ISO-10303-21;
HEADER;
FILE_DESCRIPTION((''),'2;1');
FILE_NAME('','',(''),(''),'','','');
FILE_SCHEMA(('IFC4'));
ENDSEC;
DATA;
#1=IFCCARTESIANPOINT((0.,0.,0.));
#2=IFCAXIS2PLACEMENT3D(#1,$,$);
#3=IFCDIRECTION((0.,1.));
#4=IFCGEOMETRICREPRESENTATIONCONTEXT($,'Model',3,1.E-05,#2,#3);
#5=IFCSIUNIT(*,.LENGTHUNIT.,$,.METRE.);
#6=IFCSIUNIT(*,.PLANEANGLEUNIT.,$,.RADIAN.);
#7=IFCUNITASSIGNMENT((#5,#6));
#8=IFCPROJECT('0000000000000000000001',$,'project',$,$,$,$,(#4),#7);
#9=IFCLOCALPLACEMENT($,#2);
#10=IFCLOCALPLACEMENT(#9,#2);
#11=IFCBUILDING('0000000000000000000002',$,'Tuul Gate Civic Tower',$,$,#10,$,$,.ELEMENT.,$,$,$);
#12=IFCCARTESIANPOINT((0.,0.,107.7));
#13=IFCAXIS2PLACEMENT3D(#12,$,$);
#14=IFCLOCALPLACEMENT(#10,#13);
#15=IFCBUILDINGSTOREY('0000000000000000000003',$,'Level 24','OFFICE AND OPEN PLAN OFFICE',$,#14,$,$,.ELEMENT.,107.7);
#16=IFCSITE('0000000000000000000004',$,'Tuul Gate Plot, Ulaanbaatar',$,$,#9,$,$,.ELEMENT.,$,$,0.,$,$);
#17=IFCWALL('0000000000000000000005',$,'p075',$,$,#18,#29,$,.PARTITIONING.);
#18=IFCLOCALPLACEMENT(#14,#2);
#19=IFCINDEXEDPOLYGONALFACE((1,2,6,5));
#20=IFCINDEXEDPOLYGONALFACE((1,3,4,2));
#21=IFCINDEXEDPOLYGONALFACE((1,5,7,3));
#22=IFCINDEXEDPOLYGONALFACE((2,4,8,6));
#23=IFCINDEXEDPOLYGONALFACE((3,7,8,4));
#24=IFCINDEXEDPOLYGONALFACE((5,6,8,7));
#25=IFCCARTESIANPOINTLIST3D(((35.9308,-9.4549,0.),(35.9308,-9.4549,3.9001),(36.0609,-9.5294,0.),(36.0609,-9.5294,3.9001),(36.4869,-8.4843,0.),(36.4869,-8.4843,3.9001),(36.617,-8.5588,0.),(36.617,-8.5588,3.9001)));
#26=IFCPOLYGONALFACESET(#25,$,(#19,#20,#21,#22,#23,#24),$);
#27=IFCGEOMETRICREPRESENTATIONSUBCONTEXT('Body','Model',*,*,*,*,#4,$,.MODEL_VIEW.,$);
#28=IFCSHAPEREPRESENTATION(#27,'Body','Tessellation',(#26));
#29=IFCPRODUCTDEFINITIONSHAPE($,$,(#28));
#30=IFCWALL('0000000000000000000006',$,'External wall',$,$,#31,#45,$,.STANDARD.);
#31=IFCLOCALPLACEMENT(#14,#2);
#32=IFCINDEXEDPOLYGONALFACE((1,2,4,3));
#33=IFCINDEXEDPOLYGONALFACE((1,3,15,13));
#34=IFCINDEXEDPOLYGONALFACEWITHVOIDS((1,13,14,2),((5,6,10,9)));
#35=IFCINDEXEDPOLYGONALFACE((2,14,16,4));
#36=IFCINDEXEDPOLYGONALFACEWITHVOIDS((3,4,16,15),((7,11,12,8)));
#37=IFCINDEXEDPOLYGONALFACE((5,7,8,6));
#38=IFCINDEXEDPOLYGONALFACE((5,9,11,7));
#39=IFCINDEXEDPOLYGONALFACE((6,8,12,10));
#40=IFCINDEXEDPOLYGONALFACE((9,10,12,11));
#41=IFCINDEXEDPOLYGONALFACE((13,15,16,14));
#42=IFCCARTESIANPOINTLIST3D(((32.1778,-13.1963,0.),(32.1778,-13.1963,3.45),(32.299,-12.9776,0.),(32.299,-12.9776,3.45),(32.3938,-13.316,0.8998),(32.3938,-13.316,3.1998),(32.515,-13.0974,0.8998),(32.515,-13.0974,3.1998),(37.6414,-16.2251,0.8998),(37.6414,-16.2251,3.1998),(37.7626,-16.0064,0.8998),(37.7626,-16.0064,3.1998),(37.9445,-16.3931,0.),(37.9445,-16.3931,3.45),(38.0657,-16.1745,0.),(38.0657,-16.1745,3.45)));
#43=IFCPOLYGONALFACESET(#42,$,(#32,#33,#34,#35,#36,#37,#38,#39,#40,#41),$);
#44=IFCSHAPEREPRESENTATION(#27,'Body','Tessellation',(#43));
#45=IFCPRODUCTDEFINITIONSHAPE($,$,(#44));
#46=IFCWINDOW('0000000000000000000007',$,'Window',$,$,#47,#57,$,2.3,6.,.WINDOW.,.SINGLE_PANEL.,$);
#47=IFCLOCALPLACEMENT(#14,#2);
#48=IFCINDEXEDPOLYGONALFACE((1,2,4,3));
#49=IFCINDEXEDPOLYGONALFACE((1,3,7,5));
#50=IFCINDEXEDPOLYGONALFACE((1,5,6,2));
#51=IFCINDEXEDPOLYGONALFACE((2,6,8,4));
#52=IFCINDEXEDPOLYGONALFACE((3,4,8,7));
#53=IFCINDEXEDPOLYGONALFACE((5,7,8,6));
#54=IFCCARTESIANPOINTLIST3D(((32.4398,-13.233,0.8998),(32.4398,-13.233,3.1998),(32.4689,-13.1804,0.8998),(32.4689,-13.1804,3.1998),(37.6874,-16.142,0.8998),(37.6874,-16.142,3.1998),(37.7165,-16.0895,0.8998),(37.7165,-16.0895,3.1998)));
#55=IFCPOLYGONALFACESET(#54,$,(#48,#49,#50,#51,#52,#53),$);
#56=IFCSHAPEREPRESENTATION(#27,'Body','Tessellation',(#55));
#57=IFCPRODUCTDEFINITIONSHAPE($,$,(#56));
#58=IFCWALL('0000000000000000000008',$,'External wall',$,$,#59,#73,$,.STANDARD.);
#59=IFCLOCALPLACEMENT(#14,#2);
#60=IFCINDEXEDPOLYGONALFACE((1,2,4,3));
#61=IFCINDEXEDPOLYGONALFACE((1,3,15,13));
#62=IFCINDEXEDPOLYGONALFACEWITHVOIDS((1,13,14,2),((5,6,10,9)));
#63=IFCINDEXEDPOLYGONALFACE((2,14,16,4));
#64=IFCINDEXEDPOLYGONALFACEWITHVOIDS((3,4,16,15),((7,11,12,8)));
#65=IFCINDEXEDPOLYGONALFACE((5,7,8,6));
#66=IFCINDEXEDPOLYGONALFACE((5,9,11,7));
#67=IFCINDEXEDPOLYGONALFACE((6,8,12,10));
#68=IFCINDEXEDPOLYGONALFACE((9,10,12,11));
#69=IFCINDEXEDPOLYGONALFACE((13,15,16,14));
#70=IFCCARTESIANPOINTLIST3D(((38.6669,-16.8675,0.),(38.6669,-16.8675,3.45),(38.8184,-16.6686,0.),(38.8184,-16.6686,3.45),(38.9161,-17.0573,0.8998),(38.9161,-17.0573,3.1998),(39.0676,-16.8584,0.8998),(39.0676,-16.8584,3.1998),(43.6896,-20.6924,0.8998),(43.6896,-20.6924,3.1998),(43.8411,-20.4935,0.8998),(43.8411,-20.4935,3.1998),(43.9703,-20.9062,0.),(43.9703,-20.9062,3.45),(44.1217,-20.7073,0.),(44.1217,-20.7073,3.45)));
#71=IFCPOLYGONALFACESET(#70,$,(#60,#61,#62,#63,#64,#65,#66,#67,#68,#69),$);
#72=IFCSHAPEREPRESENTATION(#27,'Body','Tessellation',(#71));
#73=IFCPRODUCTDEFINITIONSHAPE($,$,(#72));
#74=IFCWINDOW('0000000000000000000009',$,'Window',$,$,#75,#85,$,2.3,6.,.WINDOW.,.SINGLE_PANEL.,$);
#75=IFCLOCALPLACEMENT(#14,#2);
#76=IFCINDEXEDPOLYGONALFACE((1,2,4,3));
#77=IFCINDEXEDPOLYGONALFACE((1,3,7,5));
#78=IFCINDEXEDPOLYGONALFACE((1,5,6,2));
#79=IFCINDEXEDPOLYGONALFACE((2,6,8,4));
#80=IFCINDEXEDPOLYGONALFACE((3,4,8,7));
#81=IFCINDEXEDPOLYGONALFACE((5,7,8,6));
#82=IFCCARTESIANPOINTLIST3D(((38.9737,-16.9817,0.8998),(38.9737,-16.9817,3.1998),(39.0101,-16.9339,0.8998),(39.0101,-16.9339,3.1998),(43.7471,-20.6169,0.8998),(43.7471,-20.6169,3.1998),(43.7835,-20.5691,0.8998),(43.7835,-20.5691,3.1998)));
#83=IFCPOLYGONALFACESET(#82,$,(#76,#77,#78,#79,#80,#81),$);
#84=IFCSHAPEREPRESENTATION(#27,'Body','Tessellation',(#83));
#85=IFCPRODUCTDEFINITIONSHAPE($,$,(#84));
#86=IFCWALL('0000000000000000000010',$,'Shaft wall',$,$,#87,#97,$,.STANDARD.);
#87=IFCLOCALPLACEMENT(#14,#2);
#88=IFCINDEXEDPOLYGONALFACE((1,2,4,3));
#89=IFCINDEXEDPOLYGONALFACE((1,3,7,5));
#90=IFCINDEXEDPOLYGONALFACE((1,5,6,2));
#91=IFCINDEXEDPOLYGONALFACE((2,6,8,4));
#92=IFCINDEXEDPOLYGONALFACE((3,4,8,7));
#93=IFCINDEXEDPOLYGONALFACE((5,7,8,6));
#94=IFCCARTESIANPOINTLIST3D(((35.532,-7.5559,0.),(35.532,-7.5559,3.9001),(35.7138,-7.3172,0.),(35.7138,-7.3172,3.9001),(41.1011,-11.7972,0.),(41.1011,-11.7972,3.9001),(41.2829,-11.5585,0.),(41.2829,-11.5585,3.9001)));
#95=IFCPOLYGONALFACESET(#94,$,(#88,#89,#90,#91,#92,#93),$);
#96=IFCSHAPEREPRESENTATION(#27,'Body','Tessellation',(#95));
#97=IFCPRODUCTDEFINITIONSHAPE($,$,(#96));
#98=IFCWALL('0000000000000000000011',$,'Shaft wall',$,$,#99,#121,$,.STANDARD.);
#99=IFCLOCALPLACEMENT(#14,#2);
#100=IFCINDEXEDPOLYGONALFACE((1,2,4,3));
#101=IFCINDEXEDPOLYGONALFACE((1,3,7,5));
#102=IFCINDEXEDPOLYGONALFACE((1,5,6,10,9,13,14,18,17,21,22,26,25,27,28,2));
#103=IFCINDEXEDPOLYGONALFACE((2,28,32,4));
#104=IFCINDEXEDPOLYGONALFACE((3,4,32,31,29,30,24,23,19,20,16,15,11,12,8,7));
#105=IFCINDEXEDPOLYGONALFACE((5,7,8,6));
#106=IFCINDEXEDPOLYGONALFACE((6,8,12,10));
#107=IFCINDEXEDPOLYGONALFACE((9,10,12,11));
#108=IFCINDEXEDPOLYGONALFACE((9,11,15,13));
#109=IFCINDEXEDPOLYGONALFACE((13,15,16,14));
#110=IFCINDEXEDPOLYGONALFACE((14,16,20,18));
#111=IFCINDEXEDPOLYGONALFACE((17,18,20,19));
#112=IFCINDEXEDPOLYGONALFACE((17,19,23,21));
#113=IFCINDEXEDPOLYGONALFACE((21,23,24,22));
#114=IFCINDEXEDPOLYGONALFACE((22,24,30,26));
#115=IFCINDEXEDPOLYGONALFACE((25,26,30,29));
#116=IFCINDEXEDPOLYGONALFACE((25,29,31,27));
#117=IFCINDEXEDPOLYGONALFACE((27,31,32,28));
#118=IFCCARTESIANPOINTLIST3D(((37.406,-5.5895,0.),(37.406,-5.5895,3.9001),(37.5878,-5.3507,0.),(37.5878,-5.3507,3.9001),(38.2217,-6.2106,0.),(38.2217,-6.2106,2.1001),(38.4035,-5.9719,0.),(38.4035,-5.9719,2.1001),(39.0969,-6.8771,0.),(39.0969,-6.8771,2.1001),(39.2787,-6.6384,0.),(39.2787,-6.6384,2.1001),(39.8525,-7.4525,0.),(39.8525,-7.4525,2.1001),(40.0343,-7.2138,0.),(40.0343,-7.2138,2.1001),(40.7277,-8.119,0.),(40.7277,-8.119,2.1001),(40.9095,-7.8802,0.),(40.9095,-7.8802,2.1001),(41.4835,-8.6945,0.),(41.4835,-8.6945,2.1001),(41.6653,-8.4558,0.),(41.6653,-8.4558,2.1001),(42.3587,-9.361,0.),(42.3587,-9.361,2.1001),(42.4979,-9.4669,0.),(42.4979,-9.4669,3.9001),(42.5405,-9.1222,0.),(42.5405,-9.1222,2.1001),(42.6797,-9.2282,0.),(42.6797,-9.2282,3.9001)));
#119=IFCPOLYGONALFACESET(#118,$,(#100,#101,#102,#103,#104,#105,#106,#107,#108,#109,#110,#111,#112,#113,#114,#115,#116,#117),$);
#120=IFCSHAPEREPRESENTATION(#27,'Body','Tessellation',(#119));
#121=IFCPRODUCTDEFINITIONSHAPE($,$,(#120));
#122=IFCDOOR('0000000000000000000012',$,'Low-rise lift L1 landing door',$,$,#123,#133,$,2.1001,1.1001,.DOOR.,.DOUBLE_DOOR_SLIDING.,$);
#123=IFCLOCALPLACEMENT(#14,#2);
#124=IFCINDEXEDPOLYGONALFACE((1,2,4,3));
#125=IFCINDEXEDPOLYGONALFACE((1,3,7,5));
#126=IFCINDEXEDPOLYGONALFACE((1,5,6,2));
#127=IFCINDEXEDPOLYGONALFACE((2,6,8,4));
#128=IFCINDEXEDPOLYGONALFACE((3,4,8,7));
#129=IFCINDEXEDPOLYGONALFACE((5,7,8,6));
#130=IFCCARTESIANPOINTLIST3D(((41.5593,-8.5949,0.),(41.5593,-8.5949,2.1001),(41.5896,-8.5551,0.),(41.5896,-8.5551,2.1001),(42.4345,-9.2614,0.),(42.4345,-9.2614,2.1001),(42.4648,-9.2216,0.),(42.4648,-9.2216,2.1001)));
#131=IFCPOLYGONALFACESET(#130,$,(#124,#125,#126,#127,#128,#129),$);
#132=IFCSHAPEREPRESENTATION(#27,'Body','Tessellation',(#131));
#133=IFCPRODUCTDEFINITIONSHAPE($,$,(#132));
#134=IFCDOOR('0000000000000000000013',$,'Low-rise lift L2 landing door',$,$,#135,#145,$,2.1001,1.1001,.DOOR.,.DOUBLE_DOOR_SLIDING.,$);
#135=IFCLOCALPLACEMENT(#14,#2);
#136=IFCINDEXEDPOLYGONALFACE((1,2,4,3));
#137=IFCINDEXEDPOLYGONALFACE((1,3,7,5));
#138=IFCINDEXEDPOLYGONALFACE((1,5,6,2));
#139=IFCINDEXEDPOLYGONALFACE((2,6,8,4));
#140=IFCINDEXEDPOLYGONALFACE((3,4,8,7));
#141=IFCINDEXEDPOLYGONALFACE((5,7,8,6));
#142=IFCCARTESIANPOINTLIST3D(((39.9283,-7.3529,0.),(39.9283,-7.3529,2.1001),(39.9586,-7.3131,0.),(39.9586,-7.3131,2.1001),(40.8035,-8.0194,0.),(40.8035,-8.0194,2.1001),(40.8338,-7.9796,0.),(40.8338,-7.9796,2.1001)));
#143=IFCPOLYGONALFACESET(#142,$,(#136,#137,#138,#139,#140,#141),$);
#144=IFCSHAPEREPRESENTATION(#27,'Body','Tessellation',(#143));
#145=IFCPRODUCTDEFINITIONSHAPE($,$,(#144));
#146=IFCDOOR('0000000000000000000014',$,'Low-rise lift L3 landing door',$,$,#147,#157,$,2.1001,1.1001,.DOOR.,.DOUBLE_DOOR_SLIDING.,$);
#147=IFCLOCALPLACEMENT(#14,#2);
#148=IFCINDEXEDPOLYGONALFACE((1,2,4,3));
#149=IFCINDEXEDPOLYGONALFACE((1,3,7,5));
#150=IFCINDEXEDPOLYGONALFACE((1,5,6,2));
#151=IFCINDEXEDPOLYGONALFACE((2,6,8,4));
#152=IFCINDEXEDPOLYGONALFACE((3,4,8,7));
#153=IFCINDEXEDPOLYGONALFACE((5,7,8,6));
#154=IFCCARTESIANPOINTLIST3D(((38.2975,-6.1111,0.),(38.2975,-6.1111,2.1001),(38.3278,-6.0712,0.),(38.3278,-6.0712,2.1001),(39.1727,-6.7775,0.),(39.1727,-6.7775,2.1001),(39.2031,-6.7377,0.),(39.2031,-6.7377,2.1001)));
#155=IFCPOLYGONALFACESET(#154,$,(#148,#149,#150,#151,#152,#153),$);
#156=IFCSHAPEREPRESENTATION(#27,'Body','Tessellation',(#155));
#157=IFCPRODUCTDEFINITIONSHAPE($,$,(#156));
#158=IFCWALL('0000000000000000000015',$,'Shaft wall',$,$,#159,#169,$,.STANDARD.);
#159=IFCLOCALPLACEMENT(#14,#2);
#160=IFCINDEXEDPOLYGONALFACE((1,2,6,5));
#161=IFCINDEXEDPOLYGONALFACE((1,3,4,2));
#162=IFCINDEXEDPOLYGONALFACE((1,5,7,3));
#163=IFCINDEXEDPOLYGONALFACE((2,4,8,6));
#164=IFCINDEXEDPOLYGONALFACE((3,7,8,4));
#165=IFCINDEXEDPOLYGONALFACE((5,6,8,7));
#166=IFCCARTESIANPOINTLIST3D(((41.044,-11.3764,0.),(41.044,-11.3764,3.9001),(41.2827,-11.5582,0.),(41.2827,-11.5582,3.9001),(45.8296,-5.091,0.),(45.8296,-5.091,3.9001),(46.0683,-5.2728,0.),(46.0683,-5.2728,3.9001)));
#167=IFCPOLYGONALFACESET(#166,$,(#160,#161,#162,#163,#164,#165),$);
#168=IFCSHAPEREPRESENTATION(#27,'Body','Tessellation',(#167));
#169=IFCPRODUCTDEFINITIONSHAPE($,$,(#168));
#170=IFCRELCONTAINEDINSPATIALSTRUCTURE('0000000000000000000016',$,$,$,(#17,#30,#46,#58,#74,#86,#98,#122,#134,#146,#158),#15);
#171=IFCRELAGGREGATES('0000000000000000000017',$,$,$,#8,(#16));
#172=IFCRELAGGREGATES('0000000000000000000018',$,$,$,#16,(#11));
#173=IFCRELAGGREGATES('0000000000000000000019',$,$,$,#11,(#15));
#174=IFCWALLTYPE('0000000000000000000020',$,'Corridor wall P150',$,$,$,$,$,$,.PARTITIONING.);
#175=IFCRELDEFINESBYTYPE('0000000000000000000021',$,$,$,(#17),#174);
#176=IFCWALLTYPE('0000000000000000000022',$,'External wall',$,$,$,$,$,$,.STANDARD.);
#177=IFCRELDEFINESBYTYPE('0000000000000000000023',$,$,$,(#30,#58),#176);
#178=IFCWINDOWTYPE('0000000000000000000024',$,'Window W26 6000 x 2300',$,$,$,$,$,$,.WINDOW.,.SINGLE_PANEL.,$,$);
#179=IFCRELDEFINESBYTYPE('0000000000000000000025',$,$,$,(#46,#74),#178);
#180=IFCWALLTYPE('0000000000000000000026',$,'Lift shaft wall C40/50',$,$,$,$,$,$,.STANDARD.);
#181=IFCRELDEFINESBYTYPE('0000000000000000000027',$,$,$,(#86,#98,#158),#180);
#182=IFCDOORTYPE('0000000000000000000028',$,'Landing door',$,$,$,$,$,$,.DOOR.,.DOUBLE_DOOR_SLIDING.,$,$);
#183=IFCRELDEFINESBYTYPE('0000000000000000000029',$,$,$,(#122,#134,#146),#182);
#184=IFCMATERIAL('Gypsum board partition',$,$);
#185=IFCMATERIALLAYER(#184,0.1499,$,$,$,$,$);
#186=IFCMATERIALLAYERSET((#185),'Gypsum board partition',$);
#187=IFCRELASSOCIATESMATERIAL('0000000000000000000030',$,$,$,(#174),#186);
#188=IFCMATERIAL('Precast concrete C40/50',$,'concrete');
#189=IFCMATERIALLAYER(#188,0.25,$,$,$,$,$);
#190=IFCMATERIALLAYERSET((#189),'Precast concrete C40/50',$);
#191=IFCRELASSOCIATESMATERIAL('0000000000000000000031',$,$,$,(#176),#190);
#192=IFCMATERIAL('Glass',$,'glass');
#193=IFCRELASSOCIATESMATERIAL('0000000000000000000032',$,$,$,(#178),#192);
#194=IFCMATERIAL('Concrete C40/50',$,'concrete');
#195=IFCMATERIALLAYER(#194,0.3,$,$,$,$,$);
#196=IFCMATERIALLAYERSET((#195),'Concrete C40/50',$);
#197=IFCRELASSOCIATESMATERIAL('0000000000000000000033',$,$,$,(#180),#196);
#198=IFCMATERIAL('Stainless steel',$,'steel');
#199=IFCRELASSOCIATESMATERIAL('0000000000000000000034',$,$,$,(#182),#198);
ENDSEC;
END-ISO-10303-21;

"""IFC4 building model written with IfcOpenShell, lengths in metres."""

from ifc_helpers import new_model, si_unit, direction, frame, frame_2d, origin, place, context, subcontext, project, spatial, rectangle, extrude, material, layer, layer_set, type_object, element, fill, save


model = new_model("IFC4")

# Units and contexts
model_context = context("Model", 3, precision=1e-05, world=origin(), true_north=direction((0.0, 1.0)))
body_context = subcontext(model_context, "Body", "Model", "MODEL_VIEW")
ifc_project = project(units=[si_unit("LENGTHUNIT", "METRE"), si_unit("PLANEANGLEUNIT", "RADIAN")], contexts=[model_context])

# Site, building, storey
site_placement = place(None, origin())
site = spatial("IfcSite", under=ifc_project, at=site_placement, Name="Tuul Gate Plot, Ulaanbaatar", CompositionType="ELEMENT", RefElevation=0.0)
building_placement = place(site_placement, origin())
building = spatial("IfcBuilding", under=site, at=building_placement, Name="Tuul Gate Civic Tower", CompositionType="ELEMENT")
storey_placement = place(building_placement, frame((0.0, 0.0, 107.7)))
storey = spatial("IfcBuildingStorey", under=building, at=storey_placement, Name="Level 24", Description="OFFICE AND OPEN PLAN OFFICE", CompositionType="ELEMENT", Elevation=107.7)

# Shared definitions
ifc_material_1 = material(Name="Gypsum board partition")
ifc_layer_1 = layer(ifc_material_1, 0.1499)
ifc_layer_set_1 = layer_set([ifc_layer_1], Name="Gypsum board partition")
wall_type_1 = type_object("IfcWallType", Name="Corridor wall P150", PredefinedType="PARTITIONING", material=ifc_layer_set_1)

# Wall
wall_1_placement = place(storey_placement, frame((35.9958, -9.4922, 0.0), z_axis=(0.0, 0.0, 1.0), x_axis=(0.497126, 0.867679, 0.0)))
element("IfcWall", 1, at=wall_1_placement, inside=storey, type_object=wall_type_1, Name="p075", PredefinedType="PARTITIONING", context=body_context, shape_type="SweptSolid", body=[
    extrude(rectangle(XDim=1.1187, YDim=0.1499, at=frame_2d((0.5593, 0.0))), origin(), (0.0, 0.0, 1.0), 3.9001),
])

# Walls, openings, windows
ifc_material_2 = material(Name="Precast concrete C40/50", Category="concrete")
ifc_layer_2 = layer(ifc_material_2, 0.25)
ifc_layer_set_2 = layer_set([ifc_layer_2], Name="Precast concrete C40/50")
wall_type_2 = type_object("IfcWallType", Name="External wall", PredefinedType="STANDARD", material=ifc_layer_set_2)
wall_2_placement = place(storey_placement, frame((32.2383, -13.0869, 0.0), z_axis=(0.0, 0.0, 1.0), x_axis=(0.874601, -0.484844, 0.0)))
wall_2 = element("IfcWall", 2, at=wall_2_placement, inside=storey, type_object=wall_type_2, Name="External wall", PredefinedType="STANDARD", context=body_context, shape_type="SweptSolid", body=[
    extrude(rectangle(XDim=6.5935, YDim=0.25, at=frame_2d((3.2969, 0.0))), origin(), (0.0, 0.0, 1.0), 3.45),
])
opening_1_placement = place(wall_2_placement, frame((0.2471, 0.0, 0.8999)))
opening_1 = element("IfcOpeningElement", 3, at=opening_1_placement, cuts=wall_2, PredefinedType="OPENING", context=body_context, shape_type="SweptSolid", body=[
    extrude(rectangle(XDim=6.0, YDim=2.3, at=frame_2d((3.0, 1.1499))), frame((0.0, 0.135, 0.0), z_axis=(0.0, -1.0, 0.0), x_axis=(1.0, 0.0, 0.0)), (0.0, 0.0, 1.0), 0.27),
])
ifc_material_3 = material(Name="Glass", Category="glass")
window_type = type_object("IfcWindowType", Name="Window W26 6000 x 2300", PartitioningType="SINGLE_PANEL", PredefinedType="WINDOW", material=ifc_material_3)
window_1_placement = place(opening_1_placement, origin())
window_1 = element("IfcWindow", 4, at=window_1_placement, inside=storey, type_object=window_type, Name="Window", OverallHeight=2.3, OverallWidth=6.0, PartitioningType="SINGLE_PANEL", PredefinedType="WINDOW", context=body_context, shape_type="SweptSolid", body=[
    extrude(rectangle(XDim=6.0, YDim=2.3, at=frame_2d((3.0, 1.1499))), frame((0.0, 0.03, 0.0), z_axis=(0.0, -1.0, 0.0), x_axis=(1.0, 0.0, 0.0)), (0.0, 0.0, 1.0), 0.0601),
])
fill(opening_1, window_1)
wall_3_placement = place(storey_placement, frame((38.7427, -16.7681, 0.0), z_axis=(0.0, 0.0, 1.0), x_axis=(0.795575, -0.605856, 0.0)))
wall_3 = element("IfcWall", 5, at=wall_3_placement, inside=storey, type_object=wall_type_2, Name="External wall", PredefinedType="STANDARD", context=body_context, shape_type="SweptSolid", body=[
    extrude(rectangle(XDim=6.666, YDim=0.25, at=frame_2d((3.333, 0.0))), origin(), (0.0, 0.0, 1.0), 3.45),
])
opening_2_placement = place(wall_3_placement, frame((0.3132, 0.0, 0.8999)))
opening_2 = element("IfcOpeningElement", 6, at=opening_2_placement, cuts=wall_3, PredefinedType="OPENING", context=body_context, shape_type="SweptSolid", body=[
    extrude(rectangle(XDim=6.0, YDim=2.3, at=frame_2d((3.0, 1.1499))), frame((0.0, 0.135, 0.0), z_axis=(0.0, -1.0, 0.0), x_axis=(1.0, 0.0, 0.0)), (0.0, 0.0, 1.0), 0.27),
])
window_2_placement = place(opening_2_placement, origin())
window_2 = element("IfcWindow", 7, at=window_2_placement, inside=storey, type_object=window_type, Name="Window", OverallHeight=2.3, OverallWidth=6.0, PartitioningType="SINGLE_PANEL", PredefinedType="WINDOW", context=body_context, shape_type="SweptSolid", body=[
    extrude(rectangle(XDim=6.0, YDim=2.3, at=frame_2d((3.0, 1.1499))), frame((0.0, 0.03, 0.0), z_axis=(0.0, -1.0, 0.0), x_axis=(1.0, 0.0, 0.0)), (0.0, 0.0, 1.0), 0.0601),
])
fill(opening_2, window_2)

# Wall
ifc_material_4 = material(Name="Concrete C40/50", Category="concrete")
ifc_layer_3 = layer(ifc_material_4, 0.3)
ifc_layer_set_3 = layer_set([ifc_layer_3], Name="Concrete C40/50")
wall_type_3 = type_object("IfcWallType", Name="Lift shaft wall C40/50", PredefinedType="STANDARD", material=ifc_layer_set_3)
wall_4_placement = place(storey_placement, frame((41.1919, -11.6777, 0.0), z_axis=(0.0, 0.0, 1.0), x_axis=(-0.795563, 0.605871, 0.0)))
element("IfcWall", 8, at=wall_4_placement, inside=storey, type_object=wall_type_3, Name="Shaft wall", PredefinedType="STANDARD", context=body_context, shape_type="SweptSolid", body=[
    extrude(rectangle(XDim=7.0002, YDim=0.3, at=frame_2d((3.5, 0.0))), origin(), (0.0, 0.0, 1.0), 3.9001),
])

# Wall, openings, doors
wall_5_placement = place(storey_placement, frame((42.5889, -9.3477, 0.0), z_axis=(0.0, 0.0, 1.0), x_axis=(-0.795584, 0.605843, 0.0)))
wall_5 = element("IfcWall", 9, at=wall_5_placement, inside=storey, type_object=wall_type_3, Name="Shaft wall", PredefinedType="STANDARD", context=body_context, shape_type="SweptSolid", body=[
    extrude(rectangle(XDim=6.4001, YDim=0.3, at=frame_2d((3.2002, 0.0))), origin(), (0.0, 0.0, 1.0), 3.9001),
])
opening_3_placement = place(wall_5_placement, frame((0.175, 0.0, 0.0)))
opening_3 = element("IfcOpeningElement", 10, at=opening_3_placement, cuts=wall_5, PredefinedType="OPENING", context=body_context, shape_type="SweptSolid", body=[
    extrude(rectangle(XDim=1.1001, YDim=2.1001, at=frame_2d((0.55, 1.05))), frame((0.0, 0.1602, 0.0), z_axis=(0.0, -1.0, 0.0), x_axis=(1.0, 0.0, 0.0)), (0.0, 0.0, 1.0), 0.3201),
])
opening_4_placement = place(wall_5_placement, frame((2.2251, 0.0, 0.0)))
opening_4 = element("IfcOpeningElement", 11, at=opening_4_placement, cuts=wall_5, PredefinedType="OPENING", context=body_context, shape_type="SweptSolid", body=[
    extrude(rectangle(XDim=1.1001, YDim=2.1001, at=frame_2d((0.55, 1.05))), frame((0.0, 0.1602, 0.0), z_axis=(0.0, -1.0, 0.0), x_axis=(1.0, 0.0, 0.0)), (0.0, 0.0, 1.0), 0.3201),
])
opening_5_placement = place(wall_5_placement, frame((4.2749, 0.0, 0.0)))
opening_5 = element("IfcOpeningElement", 12, at=opening_5_placement, cuts=wall_5, PredefinedType="OPENING", context=body_context, shape_type="SweptSolid", body=[
    extrude(rectangle(XDim=1.1001, YDim=2.1001, at=frame_2d((0.55, 1.05))), frame((0.0, 0.1602, 0.0), z_axis=(0.0, -1.0, 0.0), x_axis=(1.0, 0.0, 0.0)), (0.0, 0.0, 1.0), 0.3201),
])
ifc_material_5 = material(Name="Stainless steel", Category="steel")
door_type_1 = type_object("IfcDoorType", Name="Landing door", OperationType="DOUBLE_DOOR_SLIDING", PredefinedType="DOOR", material=ifc_material_5)
door_1_placement = place(opening_3_placement, origin())
door_1 = element("IfcDoor", 13, at=door_1_placement, inside=storey, type_object=door_type_1, Name="Low-rise lift L1 landing door", OperationType="DOUBLE_DOOR_SLIDING", OverallHeight=2.1001, OverallWidth=1.1001, PredefinedType="DOOR", context=body_context, shape_type="SweptSolid", body=[
    extrude(rectangle(XDim=1.1001, YDim=2.1001, at=frame_2d((0.55, 1.05))), frame((0.0, 0.0249, 0.0), z_axis=(0.0, -1.0, 0.0), x_axis=(1.0, 0.0, 0.0)), (0.0, 0.0, 1.0), 0.05),
])
fill(opening_3, door_1)
door_2_placement = place(opening_4_placement, origin())
door_2 = element("IfcDoor", 14, at=door_2_placement, inside=storey, type_object=door_type_1, Name="Low-rise lift L2 landing door", OperationType="DOUBLE_DOOR_SLIDING", OverallHeight=2.1001, OverallWidth=1.1001, PredefinedType="DOOR", context=body_context, shape_type="SweptSolid", body=[
    extrude(rectangle(XDim=1.1001, YDim=2.1001, at=frame_2d((0.55, 1.05))), frame((0.0, 0.0249, 0.0), z_axis=(0.0, -1.0, 0.0), x_axis=(1.0, 0.0, 0.0)), (0.0, 0.0, 1.0), 0.05),
])
fill(opening_4, door_2)
door_3_placement = place(opening_5_placement, origin())
door_3 = element("IfcDoor", 15, at=door_3_placement, inside=storey, type_object=door_type_1, Name="Low-rise lift L3 landing door", OperationType="DOUBLE_DOOR_SLIDING", OverallHeight=2.1001, OverallWidth=1.1001, PredefinedType="DOOR", context=body_context, shape_type="SweptSolid", body=[
    extrude(rectangle(XDim=1.1001, YDim=2.1001, at=frame_2d((0.55, 1.05))), frame((0.0, 0.0249, 0.0), z_axis=(0.0, -1.0, 0.0), x_axis=(1.0, 0.0, 0.0)), (0.0, 0.0, 1.0), 0.05),
])
fill(opening_5, door_3)

# Wall
wall_6_placement = place(storey_placement, frame((41.1633, -11.4673, 0.0), z_axis=(0.0, 0.0, 1.0), x_axis=(0.605784, 0.795629, 0.0)))
element("IfcWall", 16, at=wall_6_placement, inside=storey, type_object=wall_type_3, Name="Shaft wall", PredefinedType="STANDARD", context=body_context, shape_type="SweptSolid", body=[
    extrude(rectangle(XDim=7.8999, YDim=0.3, at=frame_2d((3.95, 0.0))), origin(), (0.0, 0.0, 1.0), 3.9001),
])

save(model, "model.ifc")
